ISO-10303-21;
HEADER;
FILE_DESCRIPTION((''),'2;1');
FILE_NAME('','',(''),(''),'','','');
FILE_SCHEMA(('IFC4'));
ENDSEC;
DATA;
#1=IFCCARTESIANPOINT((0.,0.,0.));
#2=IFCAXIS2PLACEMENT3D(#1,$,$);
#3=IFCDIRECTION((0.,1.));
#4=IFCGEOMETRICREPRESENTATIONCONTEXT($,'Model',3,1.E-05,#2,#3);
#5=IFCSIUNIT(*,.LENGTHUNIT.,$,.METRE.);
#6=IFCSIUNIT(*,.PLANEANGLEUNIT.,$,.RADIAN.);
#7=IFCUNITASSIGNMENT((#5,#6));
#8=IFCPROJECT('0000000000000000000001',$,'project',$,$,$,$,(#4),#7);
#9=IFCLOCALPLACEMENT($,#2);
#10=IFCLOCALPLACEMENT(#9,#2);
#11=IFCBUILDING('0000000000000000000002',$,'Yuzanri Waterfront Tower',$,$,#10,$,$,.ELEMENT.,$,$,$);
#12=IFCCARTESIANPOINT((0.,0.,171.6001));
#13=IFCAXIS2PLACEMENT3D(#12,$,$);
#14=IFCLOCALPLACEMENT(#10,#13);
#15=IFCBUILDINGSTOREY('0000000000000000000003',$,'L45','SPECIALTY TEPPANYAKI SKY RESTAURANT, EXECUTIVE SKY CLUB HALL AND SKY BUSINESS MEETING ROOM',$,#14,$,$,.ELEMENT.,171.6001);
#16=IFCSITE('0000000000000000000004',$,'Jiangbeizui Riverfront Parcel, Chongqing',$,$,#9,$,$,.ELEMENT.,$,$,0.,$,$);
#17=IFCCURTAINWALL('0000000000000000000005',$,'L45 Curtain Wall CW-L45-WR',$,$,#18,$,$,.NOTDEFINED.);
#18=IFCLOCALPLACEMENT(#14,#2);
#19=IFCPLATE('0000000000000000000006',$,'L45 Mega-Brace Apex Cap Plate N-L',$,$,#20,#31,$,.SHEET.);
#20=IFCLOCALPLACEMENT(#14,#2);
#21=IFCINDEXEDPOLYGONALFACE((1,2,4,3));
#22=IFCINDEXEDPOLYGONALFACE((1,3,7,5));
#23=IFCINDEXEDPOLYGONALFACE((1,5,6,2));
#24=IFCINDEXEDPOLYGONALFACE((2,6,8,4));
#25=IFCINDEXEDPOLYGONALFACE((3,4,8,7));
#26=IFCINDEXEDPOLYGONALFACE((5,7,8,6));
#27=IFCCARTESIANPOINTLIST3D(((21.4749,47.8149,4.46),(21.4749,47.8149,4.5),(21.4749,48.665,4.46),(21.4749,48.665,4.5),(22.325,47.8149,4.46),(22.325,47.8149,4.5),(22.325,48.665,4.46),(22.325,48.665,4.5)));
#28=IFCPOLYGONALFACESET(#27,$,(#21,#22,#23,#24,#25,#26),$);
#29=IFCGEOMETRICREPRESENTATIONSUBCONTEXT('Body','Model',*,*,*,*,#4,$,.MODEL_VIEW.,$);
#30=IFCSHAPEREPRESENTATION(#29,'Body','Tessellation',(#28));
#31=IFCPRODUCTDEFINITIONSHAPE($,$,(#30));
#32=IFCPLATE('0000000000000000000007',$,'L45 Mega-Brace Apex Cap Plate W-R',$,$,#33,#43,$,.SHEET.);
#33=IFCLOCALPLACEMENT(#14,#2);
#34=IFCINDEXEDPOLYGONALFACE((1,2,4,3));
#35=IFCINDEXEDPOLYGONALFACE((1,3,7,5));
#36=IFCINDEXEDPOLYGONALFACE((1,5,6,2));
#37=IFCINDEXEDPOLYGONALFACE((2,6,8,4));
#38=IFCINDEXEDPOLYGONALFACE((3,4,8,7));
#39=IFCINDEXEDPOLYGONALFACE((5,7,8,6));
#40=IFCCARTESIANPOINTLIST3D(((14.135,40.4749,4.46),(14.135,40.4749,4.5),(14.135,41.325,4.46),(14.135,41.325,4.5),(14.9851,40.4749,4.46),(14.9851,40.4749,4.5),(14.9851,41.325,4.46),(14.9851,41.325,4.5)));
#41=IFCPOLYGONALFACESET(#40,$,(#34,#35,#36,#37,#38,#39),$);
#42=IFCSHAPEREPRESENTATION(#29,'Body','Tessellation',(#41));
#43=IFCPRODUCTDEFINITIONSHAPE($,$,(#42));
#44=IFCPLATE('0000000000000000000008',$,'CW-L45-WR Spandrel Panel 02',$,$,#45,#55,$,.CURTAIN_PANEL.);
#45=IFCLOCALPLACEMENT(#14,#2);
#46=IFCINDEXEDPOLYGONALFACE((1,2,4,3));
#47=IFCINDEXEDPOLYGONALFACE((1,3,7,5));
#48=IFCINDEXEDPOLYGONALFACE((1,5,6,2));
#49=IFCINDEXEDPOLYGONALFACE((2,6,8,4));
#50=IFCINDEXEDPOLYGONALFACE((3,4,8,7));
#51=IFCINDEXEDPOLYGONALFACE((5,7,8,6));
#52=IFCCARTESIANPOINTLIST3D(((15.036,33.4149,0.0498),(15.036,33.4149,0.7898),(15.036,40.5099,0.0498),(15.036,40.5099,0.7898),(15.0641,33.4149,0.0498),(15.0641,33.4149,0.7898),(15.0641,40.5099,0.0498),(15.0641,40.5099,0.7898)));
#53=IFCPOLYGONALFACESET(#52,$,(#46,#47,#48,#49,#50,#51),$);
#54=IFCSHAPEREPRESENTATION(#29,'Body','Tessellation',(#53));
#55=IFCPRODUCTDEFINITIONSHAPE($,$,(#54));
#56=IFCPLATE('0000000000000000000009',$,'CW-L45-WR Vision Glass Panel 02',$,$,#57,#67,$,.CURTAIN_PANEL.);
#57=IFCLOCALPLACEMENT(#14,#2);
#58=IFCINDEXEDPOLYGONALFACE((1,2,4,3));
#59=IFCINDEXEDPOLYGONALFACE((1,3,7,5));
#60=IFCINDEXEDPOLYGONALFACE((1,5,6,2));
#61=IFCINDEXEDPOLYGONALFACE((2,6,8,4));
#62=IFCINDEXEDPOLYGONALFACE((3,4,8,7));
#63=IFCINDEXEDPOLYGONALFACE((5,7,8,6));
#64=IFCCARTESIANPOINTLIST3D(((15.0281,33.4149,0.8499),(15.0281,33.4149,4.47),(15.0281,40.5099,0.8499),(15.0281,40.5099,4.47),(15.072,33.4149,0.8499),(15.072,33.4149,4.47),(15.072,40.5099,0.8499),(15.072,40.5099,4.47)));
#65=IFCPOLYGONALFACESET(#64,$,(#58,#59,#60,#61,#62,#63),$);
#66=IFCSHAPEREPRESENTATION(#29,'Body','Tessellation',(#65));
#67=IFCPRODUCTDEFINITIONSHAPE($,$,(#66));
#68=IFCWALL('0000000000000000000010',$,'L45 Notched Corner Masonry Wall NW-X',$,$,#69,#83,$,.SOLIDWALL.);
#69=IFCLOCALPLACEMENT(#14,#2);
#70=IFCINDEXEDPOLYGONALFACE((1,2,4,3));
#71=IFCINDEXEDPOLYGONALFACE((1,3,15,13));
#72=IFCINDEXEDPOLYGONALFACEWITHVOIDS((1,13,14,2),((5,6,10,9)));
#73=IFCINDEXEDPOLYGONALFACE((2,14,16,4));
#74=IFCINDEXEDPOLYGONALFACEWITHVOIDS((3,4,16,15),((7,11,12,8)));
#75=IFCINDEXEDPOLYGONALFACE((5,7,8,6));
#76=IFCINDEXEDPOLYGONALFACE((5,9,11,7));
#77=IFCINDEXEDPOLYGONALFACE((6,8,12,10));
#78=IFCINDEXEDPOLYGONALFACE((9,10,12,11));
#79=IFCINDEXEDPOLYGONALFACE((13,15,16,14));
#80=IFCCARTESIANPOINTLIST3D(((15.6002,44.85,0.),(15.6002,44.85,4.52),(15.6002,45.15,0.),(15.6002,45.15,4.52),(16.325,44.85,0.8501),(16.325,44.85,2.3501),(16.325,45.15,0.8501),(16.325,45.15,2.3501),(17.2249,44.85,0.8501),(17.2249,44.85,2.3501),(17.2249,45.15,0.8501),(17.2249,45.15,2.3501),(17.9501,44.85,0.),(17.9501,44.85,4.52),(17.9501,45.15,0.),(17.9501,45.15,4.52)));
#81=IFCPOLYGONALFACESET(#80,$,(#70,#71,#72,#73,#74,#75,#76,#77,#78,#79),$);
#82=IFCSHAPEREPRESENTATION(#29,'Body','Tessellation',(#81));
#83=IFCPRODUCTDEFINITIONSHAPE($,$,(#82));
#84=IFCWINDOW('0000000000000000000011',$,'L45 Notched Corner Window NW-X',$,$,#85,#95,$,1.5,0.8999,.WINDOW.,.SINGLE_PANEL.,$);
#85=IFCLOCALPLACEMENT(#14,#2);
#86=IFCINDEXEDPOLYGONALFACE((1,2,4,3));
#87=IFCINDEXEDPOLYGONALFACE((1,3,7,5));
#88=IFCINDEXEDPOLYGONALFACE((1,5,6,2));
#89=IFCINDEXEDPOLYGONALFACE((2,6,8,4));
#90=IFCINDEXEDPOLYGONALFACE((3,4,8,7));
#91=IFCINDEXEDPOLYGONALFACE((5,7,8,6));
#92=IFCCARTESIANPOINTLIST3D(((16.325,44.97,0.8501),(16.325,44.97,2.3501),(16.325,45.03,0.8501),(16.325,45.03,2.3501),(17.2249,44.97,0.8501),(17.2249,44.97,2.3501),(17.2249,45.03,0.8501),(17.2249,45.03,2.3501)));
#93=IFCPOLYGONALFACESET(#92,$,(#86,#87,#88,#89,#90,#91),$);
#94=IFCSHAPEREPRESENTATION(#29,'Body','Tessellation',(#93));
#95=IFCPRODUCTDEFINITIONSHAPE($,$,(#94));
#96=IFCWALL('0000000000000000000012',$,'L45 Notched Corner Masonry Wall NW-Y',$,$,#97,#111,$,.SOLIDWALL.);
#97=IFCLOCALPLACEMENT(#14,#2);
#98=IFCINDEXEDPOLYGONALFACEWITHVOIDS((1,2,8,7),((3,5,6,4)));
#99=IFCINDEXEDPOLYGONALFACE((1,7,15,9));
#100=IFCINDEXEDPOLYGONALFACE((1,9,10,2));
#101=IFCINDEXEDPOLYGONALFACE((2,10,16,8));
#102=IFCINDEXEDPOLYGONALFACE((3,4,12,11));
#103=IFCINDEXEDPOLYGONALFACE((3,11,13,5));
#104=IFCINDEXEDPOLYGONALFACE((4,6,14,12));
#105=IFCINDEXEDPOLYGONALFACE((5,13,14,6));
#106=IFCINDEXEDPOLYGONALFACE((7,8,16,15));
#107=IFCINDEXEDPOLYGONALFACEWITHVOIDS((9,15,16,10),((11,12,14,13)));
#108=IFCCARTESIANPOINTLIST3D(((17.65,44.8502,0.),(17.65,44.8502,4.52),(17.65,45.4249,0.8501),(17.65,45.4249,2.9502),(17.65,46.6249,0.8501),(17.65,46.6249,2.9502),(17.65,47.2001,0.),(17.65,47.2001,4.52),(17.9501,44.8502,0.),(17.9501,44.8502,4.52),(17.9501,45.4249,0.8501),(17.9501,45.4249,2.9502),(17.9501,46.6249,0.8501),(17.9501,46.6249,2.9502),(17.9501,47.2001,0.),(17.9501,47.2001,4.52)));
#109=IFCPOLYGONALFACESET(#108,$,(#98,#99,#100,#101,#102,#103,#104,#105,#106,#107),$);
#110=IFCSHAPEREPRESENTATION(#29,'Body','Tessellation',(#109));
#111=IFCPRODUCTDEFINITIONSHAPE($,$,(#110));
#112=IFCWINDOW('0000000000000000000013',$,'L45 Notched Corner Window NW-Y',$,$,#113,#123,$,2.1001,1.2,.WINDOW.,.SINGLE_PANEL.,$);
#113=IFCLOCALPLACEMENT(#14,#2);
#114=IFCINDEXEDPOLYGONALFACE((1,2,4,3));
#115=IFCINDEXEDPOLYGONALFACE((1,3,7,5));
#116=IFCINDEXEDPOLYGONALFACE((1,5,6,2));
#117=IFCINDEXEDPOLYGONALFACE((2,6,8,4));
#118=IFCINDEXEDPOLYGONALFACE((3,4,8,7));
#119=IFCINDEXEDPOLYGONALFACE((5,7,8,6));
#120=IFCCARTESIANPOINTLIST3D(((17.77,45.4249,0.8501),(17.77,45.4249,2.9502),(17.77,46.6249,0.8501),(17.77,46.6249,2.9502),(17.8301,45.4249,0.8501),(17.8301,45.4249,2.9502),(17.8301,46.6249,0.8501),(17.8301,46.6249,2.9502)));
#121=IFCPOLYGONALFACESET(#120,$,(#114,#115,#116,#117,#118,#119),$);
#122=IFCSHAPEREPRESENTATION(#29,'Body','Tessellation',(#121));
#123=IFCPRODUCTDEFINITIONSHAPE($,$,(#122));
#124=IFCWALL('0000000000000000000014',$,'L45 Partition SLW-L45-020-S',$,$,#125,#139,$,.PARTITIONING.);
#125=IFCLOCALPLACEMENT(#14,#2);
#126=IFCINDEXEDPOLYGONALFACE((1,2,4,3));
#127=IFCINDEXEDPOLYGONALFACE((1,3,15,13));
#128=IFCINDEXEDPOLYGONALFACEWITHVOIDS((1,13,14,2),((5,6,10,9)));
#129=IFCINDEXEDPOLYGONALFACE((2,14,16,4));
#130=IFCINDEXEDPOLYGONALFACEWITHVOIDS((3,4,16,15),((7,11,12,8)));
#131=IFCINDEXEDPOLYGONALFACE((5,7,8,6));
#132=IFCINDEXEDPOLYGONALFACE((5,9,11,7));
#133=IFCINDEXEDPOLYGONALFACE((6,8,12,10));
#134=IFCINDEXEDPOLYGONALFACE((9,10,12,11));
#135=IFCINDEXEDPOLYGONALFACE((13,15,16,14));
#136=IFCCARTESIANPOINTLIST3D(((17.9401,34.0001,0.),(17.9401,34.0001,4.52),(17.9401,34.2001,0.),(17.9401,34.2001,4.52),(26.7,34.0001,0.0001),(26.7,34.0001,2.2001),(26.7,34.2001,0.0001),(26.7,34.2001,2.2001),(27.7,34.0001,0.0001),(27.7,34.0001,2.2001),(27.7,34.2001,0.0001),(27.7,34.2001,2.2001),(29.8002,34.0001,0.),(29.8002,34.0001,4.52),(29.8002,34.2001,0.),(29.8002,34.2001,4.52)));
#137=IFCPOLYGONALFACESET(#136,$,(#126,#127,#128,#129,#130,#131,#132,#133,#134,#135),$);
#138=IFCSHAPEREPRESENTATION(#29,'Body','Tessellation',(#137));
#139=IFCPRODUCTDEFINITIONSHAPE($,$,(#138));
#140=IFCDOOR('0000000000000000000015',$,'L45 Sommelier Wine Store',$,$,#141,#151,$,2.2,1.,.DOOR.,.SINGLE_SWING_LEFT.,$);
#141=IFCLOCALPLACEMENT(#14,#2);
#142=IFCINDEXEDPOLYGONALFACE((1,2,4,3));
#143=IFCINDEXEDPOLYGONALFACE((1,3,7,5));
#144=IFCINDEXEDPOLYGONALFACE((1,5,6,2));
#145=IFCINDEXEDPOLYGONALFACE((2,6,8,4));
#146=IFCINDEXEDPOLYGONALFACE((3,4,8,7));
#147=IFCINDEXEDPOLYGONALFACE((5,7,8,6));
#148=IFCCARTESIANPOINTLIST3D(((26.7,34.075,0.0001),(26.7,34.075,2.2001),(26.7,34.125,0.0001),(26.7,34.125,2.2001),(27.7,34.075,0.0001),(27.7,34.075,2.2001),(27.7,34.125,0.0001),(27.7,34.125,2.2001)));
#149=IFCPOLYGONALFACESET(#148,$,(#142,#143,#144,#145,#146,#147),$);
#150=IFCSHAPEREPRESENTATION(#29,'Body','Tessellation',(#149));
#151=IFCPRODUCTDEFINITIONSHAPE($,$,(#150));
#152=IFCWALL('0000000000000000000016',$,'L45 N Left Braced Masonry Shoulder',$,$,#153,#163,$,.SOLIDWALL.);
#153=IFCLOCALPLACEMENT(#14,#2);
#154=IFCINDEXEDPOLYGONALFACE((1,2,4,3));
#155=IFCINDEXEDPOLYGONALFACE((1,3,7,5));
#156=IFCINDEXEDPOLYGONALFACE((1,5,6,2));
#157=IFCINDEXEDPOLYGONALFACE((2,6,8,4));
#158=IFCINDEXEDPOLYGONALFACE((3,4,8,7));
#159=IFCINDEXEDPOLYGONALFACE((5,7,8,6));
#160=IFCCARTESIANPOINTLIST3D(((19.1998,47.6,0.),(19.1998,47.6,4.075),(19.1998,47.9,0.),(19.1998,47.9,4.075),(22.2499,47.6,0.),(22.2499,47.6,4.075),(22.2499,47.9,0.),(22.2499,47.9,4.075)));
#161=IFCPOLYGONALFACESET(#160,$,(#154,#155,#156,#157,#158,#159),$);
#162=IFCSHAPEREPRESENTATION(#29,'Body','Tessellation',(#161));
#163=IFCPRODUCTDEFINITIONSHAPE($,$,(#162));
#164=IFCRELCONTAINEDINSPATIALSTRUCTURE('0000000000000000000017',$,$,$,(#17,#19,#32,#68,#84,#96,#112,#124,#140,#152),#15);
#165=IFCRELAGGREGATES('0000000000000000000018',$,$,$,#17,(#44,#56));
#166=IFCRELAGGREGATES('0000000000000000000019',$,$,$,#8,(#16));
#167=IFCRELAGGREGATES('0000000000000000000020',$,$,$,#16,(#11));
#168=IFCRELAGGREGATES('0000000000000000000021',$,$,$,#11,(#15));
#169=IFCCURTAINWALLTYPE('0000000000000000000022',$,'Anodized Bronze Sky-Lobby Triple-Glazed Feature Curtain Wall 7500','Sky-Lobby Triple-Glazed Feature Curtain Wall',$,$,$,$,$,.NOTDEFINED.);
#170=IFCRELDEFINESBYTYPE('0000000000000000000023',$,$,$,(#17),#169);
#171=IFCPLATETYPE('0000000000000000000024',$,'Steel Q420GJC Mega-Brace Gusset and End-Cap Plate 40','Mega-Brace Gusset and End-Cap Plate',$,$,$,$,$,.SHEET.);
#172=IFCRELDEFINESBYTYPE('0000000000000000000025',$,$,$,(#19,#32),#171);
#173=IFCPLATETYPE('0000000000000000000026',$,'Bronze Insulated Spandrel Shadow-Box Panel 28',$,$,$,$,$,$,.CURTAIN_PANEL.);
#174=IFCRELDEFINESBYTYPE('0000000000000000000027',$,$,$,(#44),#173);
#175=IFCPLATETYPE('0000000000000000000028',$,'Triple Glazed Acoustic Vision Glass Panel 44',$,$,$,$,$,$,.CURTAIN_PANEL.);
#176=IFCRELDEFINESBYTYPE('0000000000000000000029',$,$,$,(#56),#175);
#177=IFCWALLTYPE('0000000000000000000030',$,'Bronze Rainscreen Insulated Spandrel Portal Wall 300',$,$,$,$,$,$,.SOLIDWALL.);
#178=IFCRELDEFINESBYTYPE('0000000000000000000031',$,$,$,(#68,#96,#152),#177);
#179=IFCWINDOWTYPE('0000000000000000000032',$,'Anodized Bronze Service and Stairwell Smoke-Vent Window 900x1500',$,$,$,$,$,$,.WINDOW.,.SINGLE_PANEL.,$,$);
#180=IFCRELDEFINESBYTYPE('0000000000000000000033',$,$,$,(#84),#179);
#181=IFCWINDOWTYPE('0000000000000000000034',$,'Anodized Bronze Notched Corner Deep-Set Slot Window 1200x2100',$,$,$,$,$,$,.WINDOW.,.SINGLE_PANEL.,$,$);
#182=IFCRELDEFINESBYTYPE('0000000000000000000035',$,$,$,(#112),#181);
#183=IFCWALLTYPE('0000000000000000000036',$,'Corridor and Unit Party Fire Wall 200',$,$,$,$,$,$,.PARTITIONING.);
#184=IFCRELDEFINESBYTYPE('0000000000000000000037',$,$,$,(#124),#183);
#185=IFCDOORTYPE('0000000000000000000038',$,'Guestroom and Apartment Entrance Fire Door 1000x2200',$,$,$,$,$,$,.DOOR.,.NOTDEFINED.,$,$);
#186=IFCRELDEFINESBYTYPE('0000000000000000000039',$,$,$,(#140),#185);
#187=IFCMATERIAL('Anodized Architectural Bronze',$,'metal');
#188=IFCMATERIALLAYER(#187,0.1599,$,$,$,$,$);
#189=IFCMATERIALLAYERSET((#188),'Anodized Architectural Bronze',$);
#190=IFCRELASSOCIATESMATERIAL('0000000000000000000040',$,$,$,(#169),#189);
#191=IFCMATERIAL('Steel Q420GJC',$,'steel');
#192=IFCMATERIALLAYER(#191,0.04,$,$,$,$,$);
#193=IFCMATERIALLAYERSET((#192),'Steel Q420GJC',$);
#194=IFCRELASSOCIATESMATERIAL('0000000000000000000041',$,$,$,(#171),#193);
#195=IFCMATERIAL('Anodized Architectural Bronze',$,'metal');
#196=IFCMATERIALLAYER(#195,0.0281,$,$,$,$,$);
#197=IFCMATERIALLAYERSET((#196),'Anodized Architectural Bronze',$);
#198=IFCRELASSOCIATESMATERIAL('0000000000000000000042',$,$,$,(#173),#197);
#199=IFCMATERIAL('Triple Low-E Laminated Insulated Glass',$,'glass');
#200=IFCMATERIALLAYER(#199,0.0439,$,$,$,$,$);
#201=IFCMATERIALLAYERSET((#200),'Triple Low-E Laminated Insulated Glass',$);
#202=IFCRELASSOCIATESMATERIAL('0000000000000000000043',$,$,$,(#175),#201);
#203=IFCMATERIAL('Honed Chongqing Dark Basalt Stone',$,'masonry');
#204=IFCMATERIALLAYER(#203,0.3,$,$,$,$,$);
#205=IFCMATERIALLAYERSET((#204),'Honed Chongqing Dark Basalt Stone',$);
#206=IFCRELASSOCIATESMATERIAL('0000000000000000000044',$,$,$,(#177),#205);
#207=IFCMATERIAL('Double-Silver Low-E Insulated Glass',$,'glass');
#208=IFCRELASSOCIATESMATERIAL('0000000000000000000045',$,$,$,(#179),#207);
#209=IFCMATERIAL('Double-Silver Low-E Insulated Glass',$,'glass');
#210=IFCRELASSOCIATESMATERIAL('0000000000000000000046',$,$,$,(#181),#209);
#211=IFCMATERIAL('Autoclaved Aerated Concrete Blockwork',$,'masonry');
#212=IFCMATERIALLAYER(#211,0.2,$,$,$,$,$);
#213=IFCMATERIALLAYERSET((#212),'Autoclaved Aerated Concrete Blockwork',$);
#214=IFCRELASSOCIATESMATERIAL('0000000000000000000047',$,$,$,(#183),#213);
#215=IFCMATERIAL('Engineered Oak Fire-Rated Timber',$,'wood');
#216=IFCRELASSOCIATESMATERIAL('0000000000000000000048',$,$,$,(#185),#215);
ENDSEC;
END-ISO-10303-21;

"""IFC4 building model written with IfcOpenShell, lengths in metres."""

from ifc_helpers import new_model, si_unit, direction, frame, frame_2d, origin, origin_2d, place, context, subcontext, project, spatial, rectangle, extrude, source, transform, mapped, material, layer, layer_set, type_object, element, fill, aggregate, save


model = new_model("IFC4")

# Units and contexts
model_context = context("Model", 3, precision=1e-05, world=origin(), true_north=direction((0.0, 1.0)))
body_context = subcontext(model_context, "Body", "Model", "MODEL_VIEW")
ifc_project = project(units=[si_unit("LENGTHUNIT", "METRE"), si_unit("PLANEANGLEUNIT", "RADIAN")], contexts=[model_context])

# Site, building, storey
site_placement = place(None, origin())
site = spatial("IfcSite", under=ifc_project, at=site_placement, Name="Jiangbeizui Riverfront Parcel, Chongqing", CompositionType="ELEMENT", RefElevation=0.0)
building_placement = place(site_placement, origin())
building = spatial("IfcBuilding", under=site, at=building_placement, Name="Yuzanri Waterfront Tower", CompositionType="ELEMENT")
storey_placement = place(building_placement, frame((0.0, 0.0, 171.6001)))
storey = spatial("IfcBuildingStorey", under=building, at=storey_placement, Name="L45", Description="SPECIALTY TEPPANYAKI SKY RESTAURANT, EXECUTIVE SKY CLUB HALL AND SKY BUSINESS MEETING ROOM", CompositionType="ELEMENT", Elevation=171.6001)

# Curtain wall
ifc_material_1 = material(Name="Anodized Architectural Bronze", Category="metal")
ifc_layer_1 = layer(ifc_material_1, 0.1599)
ifc_layer_set_1 = layer_set([ifc_layer_1], Name="Anodized Architectural Bronze")
curtain_wall_type = type_object("IfcCurtainWallType", Name="Anodized Bronze Sky-Lobby Triple-Glazed Feature Curtain Wall 7500", Description="Sky-Lobby Triple-Glazed Feature Curtain Wall", PredefinedType="NOTDEFINED", material=ifc_layer_set_1)
curtain_wall_1_placement = place(storey_placement, origin())
curtain_wall_1 = element("IfcCurtainWall", 1, at=curtain_wall_1_placement, inside=storey, type_object=curtain_wall_type, Name="L45 Curtain Wall CW-L45-WR", PredefinedType="NOTDEFINED")

# Plates
ifc_material_2 = material(Name="Steel Q420GJC", Category="steel")
ifc_layer_2 = layer(ifc_material_2, 0.04)
ifc_layer_set_2 = layer_set([ifc_layer_2], Name="Steel Q420GJC")
plate_type_1 = type_object("IfcPlateType", Name="Steel Q420GJC Mega-Brace Gusset and End-Cap Plate 40", Description="Mega-Brace Gusset and End-Cap Plate", PredefinedType="SHEET", material=ifc_layer_set_2)
shared_shape_1 = source(origin(), body_context, "Body", "SweptSolid", [
    extrude(rectangle(XDim=0.8501, YDim=0.8501, at=origin_2d()), origin(), (0.0, 0.0, 1.0), 0.04),
])
for number, where, z_axis, x_axis, name in (
    (2, (21.8999, 48.24, 4.46), (0.0, 0.0, 1.0), (1.0, 0.0, 0.0), "L45 Mega-Brace Apex Cap Plate N-L"),
    (3, (14.5601, 40.8999, 4.46), (0.0, 0.0, 1.0), (1.0, 0.0, 0.0), "L45 Mega-Brace Apex Cap Plate W-R"),
):
    element("IfcPlate", number, at=place(storey_placement, frame(where, z_axis=z_axis, x_axis=x_axis)), inside=storey, type_object=plate_type_1, Name=name, PredefinedType="SHEET", context=body_context, shape_type="MappedRepresentation", body=[
        mapped(shared_shape_1, transform((0.0, 0.0, 0.0), scale=1.0)),
    ])

# Plates
ifc_material_3 = material(Name="Anodized Architectural Bronze", Category="metal")
ifc_layer_3 = layer(ifc_material_3, 0.0281)
ifc_layer_set_3 = layer_set([ifc_layer_3], Name="Anodized Architectural Bronze")
plate_type_2 = type_object("IfcPlateType", Name="Bronze Insulated Spandrel Shadow-Box Panel 28", PredefinedType="CURTAIN_PANEL", material=ifc_layer_set_3)
shared_shape_2 = source(origin(), body_context, "Body", "SweptSolid", [
    extrude(rectangle(XDim=7.095, YDim=0.0281, at=origin_2d()), origin(), (0.0, 0.0, 1.0), 0.74),
])
plate_1_placement = place(storey_placement, frame((15.05, 36.9624, 0.0498), z_axis=(0.0, 0.0, 1.0), x_axis=(0.0, 1.0, 0.0)))
plate_1 = element("IfcPlate", 4, at=plate_1_placement, type_object=plate_type_2, Name="CW-L45-WR Spandrel Panel 02", PredefinedType="CURTAIN_PANEL", context=body_context, shape_type="MappedRepresentation", body=[
    mapped(shared_shape_2, transform((0.0, 0.0, 0.0), scale=1.0)),
])
ifc_material_4 = material(Name="Triple Low-E Laminated Insulated Glass", Category="glass")
ifc_layer_4 = layer(ifc_material_4, 0.0439)
ifc_layer_set_4 = layer_set([ifc_layer_4], Name="Triple Low-E Laminated Insulated Glass")
plate_type_3 = type_object("IfcPlateType", Name="Triple Glazed Acoustic Vision Glass Panel 44", PredefinedType="CURTAIN_PANEL", material=ifc_layer_set_4)
shared_shape_3 = source(origin(), body_context, "Body", "SweptSolid", [
    extrude(rectangle(XDim=7.095, YDim=0.0439, at=origin_2d()), origin(), (0.0, 0.0, 1.0), 3.6201),
])
plate_2_placement = place(storey_placement, frame((15.05, 36.9624, 0.8499), z_axis=(0.0, 0.0, 1.0), x_axis=(0.0, 1.0, 0.0)))
plate_2 = element("IfcPlate", 5, at=plate_2_placement, type_object=plate_type_3, Name="CW-L45-WR Vision Glass Panel 02", PredefinedType="CURTAIN_PANEL", context=body_context, shape_type="MappedRepresentation", body=[
    mapped(shared_shape_3, transform((0.0, 0.0, 0.0), scale=1.0)),
])
aggregate(curtain_wall_1, [plate_1, plate_2])

# Walls, openings, windows
ifc_material_5 = material(Name="Honed Chongqing Dark Basalt Stone", Category="masonry")
ifc_layer_5 = layer(ifc_material_5, 0.3)
ifc_layer_set_5 = layer_set([ifc_layer_5], Name="Honed Chongqing Dark Basalt Stone")
wall_type_1 = type_object("IfcWallType", Name="Bronze Rainscreen Insulated Spandrel Portal Wall 300", PredefinedType="SOLIDWALL", material=ifc_layer_set_5)
wall_1_placement = place(storey_placement, frame((17.95, 45.0, 0.0), z_axis=(0.0, 0.0, 1.0), x_axis=(-1.0, 0.0, 0.0)))
wall_1 = element("IfcWall", 6, at=wall_1_placement, inside=storey, type_object=wall_type_1, Name="L45 Notched Corner Masonry Wall NW-X", PredefinedType="SOLIDWALL", context=body_context, shape_type="SweptSolid", body=[
    extrude(rectangle(XDim=2.3499, YDim=0.3, at=frame_2d((1.1748, 0.0))), origin(), (0.0, 0.0, 1.0), 4.52),
])
opening_1_placement = place(wall_1_placement, frame((0.7251, 0.0, 0.8501)))
opening_1 = element("IfcOpeningElement", 7, at=opening_1_placement, cuts=wall_1, PredefinedType="OPENING", context=body_context, shape_type="SweptSolid", body=[
    extrude(rectangle(XDim=0.8999, YDim=1.5, at=frame_2d((0.45, 0.75))), frame((0.0, 0.165, 0.0), z_axis=(0.0, -1.0, 0.0), x_axis=(1.0, 0.0, 0.0)), (0.0, 0.0, 1.0), 0.3298),
])
ifc_material_6 = material(Name="Double-Silver Low-E Insulated Glass", Category="glass")
window_type_1 = type_object("IfcWindowType", Name="Anodized Bronze Service and Stairwell Smoke-Vent Window 900x1500", PartitioningType="SINGLE_PANEL", PredefinedType="WINDOW", material=ifc_material_6)
shared_shape_4 = source(origin(), body_context, "Body", "SweptSolid", [
    extrude(rectangle(XDim=0.8999, YDim=1.5, at=frame_2d((0.45, 0.75))), frame((0.0, 0.03, 0.0), z_axis=(0.0, -1.0, 0.0), x_axis=(1.0, 0.0, 0.0)), (0.0, 0.0, 1.0), 0.0601),
])
window_1_placement = place(opening_1_placement, origin())
window_1 = element("IfcWindow", 8, at=window_1_placement, inside=storey, type_object=window_type_1, Name="L45 Notched Corner Window NW-X", OverallHeight=1.5, OverallWidth=0.8999, PartitioningType="SINGLE_PANEL", PredefinedType="WINDOW", context=body_context, shape_type="MappedRepresentation", body=[
    mapped(shared_shape_4, transform((0.0, 0.0, 0.0), scale=1.0)),
])
fill(opening_1, window_1)
wall_2_placement = place(storey_placement, frame((17.8, 47.2, 0.0), z_axis=(0.0, 0.0, 1.0), x_axis=(0.0, -1.0, 0.0)))
wall_2 = element("IfcWall", 9, at=wall_2_placement, inside=storey, type_object=wall_type_1, Name="L45 Notched Corner Masonry Wall NW-Y", PredefinedType="SOLIDWALL", context=body_context, shape_type="SweptSolid", body=[
    extrude(rectangle(XDim=2.3499, YDim=0.3, at=frame_2d((1.1748, 0.0))), origin(), (0.0, 0.0, 1.0), 4.52),
])
opening_2_placement = place(wall_2_placement, frame((0.575, 0.0, 0.8501)))
opening_2 = element("IfcOpeningElement", 10, at=opening_2_placement, cuts=wall_2, PredefinedType="OPENING", context=body_context, shape_type="SweptSolid", body=[
    extrude(rectangle(XDim=1.2, YDim=2.1001, at=frame_2d((0.6001, 1.05))), frame((0.0, 0.165, 0.0), z_axis=(0.0, -1.0, 0.0), x_axis=(1.0, 0.0, 0.0)), (0.0, 0.0, 1.0), 0.3298),
])
ifc_material_7 = material(Name="Double-Silver Low-E Insulated Glass", Category="glass")
window_type_2 = type_object("IfcWindowType", Name="Anodized Bronze Notched Corner Deep-Set Slot Window 1200x2100", PartitioningType="SINGLE_PANEL", PredefinedType="WINDOW", material=ifc_material_7)
shared_shape_5 = source(origin(), body_context, "Body", "SweptSolid", [
    extrude(rectangle(XDim=1.2, YDim=2.1001, at=frame_2d((0.6001, 1.05))), frame((0.0, 0.03, 0.0), z_axis=(0.0, -1.0, 0.0), x_axis=(1.0, 0.0, 0.0)), (0.0, 0.0, 1.0), 0.0601),
])
window_2_placement = place(opening_2_placement, origin())
window_2 = element("IfcWindow", 11, at=window_2_placement, inside=storey, type_object=window_type_2, Name="L45 Notched Corner Window NW-Y", OverallHeight=2.1001, OverallWidth=1.2, PartitioningType="SINGLE_PANEL", PredefinedType="WINDOW", context=body_context, shape_type="MappedRepresentation", body=[
    mapped(shared_shape_5, transform((0.0, 0.0, 0.0), scale=1.0)),
])
fill(opening_2, window_2)

# Wall, opening, door
ifc_material_8 = material(Name="Autoclaved Aerated Concrete Blockwork", Category="masonry")
ifc_layer_6 = layer(ifc_material_8, 0.2)
ifc_layer_set_6 = layer_set([ifc_layer_6], Name="Autoclaved Aerated Concrete Blockwork")
wall_type_2 = type_object("IfcWallType", Name="Corridor and Unit Party Fire Wall 200", PredefinedType="PARTITIONING", material=ifc_layer_set_6)
wall_3_placement = place(storey_placement, frame((17.9399, 34.1001, 0.0), z_axis=(0.0, 0.0, 1.0), x_axis=(1.0, 0.0, 0.0)))
wall_3 = element("IfcWall", 12, at=wall_3_placement, inside=storey, type_object=wall_type_2, Name="L45 Partition SLW-L45-020-S", PredefinedType="PARTITIONING", context=body_context, shape_type="SweptSolid", body=[
    extrude(rectangle(XDim=11.8601, YDim=0.2, at=frame_2d((5.9302, 0.0))), origin(), (0.0, 0.0, 1.0), 4.52),
])
opening_3_placement = place(wall_3_placement, frame((8.76, 0.0, 0.0)))
opening_3 = element("IfcOpeningElement", 13, at=opening_3_placement, cuts=wall_3, PredefinedType="OPENING", context=body_context, shape_type="SweptSolid", body=[
    extrude(rectangle(XDim=1.0, YDim=2.2, at=frame_2d((0.5, 1.1001))), frame((0.0, 0.1147, 0.0), z_axis=(0.0, -1.0, 0.0), x_axis=(1.0, 0.0, 0.0)), (0.0, 0.0, 1.0), 0.2297),
])
ifc_material_9 = material(Name="Engineered Oak Fire-Rated Timber", Category="wood")
door_type = type_object("IfcDoorType", Name="Guestroom and Apartment Entrance Fire Door 1000x2200", OperationType="NOTDEFINED", PredefinedType="DOOR", material=ifc_material_9)
shared_shape_6 = source(origin(), body_context, "Body", "SweptSolid", [
    extrude(rectangle(XDim=1.0, YDim=2.2, at=frame_2d((0.5, 1.1001))), frame((0.0, 0.0249, 0.0), z_axis=(0.0, -1.0, 0.0), x_axis=(1.0, 0.0, 0.0)), (0.0, 0.0, 1.0), 0.05),
])
door_placement = place(opening_3_placement, origin())
door = element("IfcDoor", 14, at=door_placement, inside=storey, type_object=door_type, Name="L45 Sommelier Wine Store", OperationType="SINGLE_SWING_LEFT", OverallHeight=2.2, OverallWidth=1.0, PredefinedType="DOOR", context=body_context, shape_type="MappedRepresentation", body=[
    mapped(shared_shape_6, transform((0.0, 0.0, 0.0), scale=1.0)),
])
fill(opening_3, door)

# Wall
shared_shape_7 = source(origin(), body_context, "Body", "SweptSolid", [
    extrude(rectangle(XDim=3.05, YDim=0.3, at=frame_2d((1.5249, 0.0))), origin(), (0.0, 0.0, 1.0), 4.075),
])
for number, where, z_axis, x_axis, name in (
    (15, (19.2, 47.75, 0.0), (0.0, 0.0, 1.0), (1.0, 0.0, 0.0), "L45 N Left Braced Masonry Shoulder"),
):
    element("IfcWall", number, at=place(storey_placement, frame(where, z_axis=z_axis, x_axis=x_axis)), inside=storey, type_object=wall_type_1, Name=name, PredefinedType="SOLIDWALL", context=body_context, shape_type="MappedRepresentation", body=[
        mapped(shared_shape_7, transform((0.0, 0.0, 0.0), scale=1.0)),
    ])

save(model, "model.ifc")
